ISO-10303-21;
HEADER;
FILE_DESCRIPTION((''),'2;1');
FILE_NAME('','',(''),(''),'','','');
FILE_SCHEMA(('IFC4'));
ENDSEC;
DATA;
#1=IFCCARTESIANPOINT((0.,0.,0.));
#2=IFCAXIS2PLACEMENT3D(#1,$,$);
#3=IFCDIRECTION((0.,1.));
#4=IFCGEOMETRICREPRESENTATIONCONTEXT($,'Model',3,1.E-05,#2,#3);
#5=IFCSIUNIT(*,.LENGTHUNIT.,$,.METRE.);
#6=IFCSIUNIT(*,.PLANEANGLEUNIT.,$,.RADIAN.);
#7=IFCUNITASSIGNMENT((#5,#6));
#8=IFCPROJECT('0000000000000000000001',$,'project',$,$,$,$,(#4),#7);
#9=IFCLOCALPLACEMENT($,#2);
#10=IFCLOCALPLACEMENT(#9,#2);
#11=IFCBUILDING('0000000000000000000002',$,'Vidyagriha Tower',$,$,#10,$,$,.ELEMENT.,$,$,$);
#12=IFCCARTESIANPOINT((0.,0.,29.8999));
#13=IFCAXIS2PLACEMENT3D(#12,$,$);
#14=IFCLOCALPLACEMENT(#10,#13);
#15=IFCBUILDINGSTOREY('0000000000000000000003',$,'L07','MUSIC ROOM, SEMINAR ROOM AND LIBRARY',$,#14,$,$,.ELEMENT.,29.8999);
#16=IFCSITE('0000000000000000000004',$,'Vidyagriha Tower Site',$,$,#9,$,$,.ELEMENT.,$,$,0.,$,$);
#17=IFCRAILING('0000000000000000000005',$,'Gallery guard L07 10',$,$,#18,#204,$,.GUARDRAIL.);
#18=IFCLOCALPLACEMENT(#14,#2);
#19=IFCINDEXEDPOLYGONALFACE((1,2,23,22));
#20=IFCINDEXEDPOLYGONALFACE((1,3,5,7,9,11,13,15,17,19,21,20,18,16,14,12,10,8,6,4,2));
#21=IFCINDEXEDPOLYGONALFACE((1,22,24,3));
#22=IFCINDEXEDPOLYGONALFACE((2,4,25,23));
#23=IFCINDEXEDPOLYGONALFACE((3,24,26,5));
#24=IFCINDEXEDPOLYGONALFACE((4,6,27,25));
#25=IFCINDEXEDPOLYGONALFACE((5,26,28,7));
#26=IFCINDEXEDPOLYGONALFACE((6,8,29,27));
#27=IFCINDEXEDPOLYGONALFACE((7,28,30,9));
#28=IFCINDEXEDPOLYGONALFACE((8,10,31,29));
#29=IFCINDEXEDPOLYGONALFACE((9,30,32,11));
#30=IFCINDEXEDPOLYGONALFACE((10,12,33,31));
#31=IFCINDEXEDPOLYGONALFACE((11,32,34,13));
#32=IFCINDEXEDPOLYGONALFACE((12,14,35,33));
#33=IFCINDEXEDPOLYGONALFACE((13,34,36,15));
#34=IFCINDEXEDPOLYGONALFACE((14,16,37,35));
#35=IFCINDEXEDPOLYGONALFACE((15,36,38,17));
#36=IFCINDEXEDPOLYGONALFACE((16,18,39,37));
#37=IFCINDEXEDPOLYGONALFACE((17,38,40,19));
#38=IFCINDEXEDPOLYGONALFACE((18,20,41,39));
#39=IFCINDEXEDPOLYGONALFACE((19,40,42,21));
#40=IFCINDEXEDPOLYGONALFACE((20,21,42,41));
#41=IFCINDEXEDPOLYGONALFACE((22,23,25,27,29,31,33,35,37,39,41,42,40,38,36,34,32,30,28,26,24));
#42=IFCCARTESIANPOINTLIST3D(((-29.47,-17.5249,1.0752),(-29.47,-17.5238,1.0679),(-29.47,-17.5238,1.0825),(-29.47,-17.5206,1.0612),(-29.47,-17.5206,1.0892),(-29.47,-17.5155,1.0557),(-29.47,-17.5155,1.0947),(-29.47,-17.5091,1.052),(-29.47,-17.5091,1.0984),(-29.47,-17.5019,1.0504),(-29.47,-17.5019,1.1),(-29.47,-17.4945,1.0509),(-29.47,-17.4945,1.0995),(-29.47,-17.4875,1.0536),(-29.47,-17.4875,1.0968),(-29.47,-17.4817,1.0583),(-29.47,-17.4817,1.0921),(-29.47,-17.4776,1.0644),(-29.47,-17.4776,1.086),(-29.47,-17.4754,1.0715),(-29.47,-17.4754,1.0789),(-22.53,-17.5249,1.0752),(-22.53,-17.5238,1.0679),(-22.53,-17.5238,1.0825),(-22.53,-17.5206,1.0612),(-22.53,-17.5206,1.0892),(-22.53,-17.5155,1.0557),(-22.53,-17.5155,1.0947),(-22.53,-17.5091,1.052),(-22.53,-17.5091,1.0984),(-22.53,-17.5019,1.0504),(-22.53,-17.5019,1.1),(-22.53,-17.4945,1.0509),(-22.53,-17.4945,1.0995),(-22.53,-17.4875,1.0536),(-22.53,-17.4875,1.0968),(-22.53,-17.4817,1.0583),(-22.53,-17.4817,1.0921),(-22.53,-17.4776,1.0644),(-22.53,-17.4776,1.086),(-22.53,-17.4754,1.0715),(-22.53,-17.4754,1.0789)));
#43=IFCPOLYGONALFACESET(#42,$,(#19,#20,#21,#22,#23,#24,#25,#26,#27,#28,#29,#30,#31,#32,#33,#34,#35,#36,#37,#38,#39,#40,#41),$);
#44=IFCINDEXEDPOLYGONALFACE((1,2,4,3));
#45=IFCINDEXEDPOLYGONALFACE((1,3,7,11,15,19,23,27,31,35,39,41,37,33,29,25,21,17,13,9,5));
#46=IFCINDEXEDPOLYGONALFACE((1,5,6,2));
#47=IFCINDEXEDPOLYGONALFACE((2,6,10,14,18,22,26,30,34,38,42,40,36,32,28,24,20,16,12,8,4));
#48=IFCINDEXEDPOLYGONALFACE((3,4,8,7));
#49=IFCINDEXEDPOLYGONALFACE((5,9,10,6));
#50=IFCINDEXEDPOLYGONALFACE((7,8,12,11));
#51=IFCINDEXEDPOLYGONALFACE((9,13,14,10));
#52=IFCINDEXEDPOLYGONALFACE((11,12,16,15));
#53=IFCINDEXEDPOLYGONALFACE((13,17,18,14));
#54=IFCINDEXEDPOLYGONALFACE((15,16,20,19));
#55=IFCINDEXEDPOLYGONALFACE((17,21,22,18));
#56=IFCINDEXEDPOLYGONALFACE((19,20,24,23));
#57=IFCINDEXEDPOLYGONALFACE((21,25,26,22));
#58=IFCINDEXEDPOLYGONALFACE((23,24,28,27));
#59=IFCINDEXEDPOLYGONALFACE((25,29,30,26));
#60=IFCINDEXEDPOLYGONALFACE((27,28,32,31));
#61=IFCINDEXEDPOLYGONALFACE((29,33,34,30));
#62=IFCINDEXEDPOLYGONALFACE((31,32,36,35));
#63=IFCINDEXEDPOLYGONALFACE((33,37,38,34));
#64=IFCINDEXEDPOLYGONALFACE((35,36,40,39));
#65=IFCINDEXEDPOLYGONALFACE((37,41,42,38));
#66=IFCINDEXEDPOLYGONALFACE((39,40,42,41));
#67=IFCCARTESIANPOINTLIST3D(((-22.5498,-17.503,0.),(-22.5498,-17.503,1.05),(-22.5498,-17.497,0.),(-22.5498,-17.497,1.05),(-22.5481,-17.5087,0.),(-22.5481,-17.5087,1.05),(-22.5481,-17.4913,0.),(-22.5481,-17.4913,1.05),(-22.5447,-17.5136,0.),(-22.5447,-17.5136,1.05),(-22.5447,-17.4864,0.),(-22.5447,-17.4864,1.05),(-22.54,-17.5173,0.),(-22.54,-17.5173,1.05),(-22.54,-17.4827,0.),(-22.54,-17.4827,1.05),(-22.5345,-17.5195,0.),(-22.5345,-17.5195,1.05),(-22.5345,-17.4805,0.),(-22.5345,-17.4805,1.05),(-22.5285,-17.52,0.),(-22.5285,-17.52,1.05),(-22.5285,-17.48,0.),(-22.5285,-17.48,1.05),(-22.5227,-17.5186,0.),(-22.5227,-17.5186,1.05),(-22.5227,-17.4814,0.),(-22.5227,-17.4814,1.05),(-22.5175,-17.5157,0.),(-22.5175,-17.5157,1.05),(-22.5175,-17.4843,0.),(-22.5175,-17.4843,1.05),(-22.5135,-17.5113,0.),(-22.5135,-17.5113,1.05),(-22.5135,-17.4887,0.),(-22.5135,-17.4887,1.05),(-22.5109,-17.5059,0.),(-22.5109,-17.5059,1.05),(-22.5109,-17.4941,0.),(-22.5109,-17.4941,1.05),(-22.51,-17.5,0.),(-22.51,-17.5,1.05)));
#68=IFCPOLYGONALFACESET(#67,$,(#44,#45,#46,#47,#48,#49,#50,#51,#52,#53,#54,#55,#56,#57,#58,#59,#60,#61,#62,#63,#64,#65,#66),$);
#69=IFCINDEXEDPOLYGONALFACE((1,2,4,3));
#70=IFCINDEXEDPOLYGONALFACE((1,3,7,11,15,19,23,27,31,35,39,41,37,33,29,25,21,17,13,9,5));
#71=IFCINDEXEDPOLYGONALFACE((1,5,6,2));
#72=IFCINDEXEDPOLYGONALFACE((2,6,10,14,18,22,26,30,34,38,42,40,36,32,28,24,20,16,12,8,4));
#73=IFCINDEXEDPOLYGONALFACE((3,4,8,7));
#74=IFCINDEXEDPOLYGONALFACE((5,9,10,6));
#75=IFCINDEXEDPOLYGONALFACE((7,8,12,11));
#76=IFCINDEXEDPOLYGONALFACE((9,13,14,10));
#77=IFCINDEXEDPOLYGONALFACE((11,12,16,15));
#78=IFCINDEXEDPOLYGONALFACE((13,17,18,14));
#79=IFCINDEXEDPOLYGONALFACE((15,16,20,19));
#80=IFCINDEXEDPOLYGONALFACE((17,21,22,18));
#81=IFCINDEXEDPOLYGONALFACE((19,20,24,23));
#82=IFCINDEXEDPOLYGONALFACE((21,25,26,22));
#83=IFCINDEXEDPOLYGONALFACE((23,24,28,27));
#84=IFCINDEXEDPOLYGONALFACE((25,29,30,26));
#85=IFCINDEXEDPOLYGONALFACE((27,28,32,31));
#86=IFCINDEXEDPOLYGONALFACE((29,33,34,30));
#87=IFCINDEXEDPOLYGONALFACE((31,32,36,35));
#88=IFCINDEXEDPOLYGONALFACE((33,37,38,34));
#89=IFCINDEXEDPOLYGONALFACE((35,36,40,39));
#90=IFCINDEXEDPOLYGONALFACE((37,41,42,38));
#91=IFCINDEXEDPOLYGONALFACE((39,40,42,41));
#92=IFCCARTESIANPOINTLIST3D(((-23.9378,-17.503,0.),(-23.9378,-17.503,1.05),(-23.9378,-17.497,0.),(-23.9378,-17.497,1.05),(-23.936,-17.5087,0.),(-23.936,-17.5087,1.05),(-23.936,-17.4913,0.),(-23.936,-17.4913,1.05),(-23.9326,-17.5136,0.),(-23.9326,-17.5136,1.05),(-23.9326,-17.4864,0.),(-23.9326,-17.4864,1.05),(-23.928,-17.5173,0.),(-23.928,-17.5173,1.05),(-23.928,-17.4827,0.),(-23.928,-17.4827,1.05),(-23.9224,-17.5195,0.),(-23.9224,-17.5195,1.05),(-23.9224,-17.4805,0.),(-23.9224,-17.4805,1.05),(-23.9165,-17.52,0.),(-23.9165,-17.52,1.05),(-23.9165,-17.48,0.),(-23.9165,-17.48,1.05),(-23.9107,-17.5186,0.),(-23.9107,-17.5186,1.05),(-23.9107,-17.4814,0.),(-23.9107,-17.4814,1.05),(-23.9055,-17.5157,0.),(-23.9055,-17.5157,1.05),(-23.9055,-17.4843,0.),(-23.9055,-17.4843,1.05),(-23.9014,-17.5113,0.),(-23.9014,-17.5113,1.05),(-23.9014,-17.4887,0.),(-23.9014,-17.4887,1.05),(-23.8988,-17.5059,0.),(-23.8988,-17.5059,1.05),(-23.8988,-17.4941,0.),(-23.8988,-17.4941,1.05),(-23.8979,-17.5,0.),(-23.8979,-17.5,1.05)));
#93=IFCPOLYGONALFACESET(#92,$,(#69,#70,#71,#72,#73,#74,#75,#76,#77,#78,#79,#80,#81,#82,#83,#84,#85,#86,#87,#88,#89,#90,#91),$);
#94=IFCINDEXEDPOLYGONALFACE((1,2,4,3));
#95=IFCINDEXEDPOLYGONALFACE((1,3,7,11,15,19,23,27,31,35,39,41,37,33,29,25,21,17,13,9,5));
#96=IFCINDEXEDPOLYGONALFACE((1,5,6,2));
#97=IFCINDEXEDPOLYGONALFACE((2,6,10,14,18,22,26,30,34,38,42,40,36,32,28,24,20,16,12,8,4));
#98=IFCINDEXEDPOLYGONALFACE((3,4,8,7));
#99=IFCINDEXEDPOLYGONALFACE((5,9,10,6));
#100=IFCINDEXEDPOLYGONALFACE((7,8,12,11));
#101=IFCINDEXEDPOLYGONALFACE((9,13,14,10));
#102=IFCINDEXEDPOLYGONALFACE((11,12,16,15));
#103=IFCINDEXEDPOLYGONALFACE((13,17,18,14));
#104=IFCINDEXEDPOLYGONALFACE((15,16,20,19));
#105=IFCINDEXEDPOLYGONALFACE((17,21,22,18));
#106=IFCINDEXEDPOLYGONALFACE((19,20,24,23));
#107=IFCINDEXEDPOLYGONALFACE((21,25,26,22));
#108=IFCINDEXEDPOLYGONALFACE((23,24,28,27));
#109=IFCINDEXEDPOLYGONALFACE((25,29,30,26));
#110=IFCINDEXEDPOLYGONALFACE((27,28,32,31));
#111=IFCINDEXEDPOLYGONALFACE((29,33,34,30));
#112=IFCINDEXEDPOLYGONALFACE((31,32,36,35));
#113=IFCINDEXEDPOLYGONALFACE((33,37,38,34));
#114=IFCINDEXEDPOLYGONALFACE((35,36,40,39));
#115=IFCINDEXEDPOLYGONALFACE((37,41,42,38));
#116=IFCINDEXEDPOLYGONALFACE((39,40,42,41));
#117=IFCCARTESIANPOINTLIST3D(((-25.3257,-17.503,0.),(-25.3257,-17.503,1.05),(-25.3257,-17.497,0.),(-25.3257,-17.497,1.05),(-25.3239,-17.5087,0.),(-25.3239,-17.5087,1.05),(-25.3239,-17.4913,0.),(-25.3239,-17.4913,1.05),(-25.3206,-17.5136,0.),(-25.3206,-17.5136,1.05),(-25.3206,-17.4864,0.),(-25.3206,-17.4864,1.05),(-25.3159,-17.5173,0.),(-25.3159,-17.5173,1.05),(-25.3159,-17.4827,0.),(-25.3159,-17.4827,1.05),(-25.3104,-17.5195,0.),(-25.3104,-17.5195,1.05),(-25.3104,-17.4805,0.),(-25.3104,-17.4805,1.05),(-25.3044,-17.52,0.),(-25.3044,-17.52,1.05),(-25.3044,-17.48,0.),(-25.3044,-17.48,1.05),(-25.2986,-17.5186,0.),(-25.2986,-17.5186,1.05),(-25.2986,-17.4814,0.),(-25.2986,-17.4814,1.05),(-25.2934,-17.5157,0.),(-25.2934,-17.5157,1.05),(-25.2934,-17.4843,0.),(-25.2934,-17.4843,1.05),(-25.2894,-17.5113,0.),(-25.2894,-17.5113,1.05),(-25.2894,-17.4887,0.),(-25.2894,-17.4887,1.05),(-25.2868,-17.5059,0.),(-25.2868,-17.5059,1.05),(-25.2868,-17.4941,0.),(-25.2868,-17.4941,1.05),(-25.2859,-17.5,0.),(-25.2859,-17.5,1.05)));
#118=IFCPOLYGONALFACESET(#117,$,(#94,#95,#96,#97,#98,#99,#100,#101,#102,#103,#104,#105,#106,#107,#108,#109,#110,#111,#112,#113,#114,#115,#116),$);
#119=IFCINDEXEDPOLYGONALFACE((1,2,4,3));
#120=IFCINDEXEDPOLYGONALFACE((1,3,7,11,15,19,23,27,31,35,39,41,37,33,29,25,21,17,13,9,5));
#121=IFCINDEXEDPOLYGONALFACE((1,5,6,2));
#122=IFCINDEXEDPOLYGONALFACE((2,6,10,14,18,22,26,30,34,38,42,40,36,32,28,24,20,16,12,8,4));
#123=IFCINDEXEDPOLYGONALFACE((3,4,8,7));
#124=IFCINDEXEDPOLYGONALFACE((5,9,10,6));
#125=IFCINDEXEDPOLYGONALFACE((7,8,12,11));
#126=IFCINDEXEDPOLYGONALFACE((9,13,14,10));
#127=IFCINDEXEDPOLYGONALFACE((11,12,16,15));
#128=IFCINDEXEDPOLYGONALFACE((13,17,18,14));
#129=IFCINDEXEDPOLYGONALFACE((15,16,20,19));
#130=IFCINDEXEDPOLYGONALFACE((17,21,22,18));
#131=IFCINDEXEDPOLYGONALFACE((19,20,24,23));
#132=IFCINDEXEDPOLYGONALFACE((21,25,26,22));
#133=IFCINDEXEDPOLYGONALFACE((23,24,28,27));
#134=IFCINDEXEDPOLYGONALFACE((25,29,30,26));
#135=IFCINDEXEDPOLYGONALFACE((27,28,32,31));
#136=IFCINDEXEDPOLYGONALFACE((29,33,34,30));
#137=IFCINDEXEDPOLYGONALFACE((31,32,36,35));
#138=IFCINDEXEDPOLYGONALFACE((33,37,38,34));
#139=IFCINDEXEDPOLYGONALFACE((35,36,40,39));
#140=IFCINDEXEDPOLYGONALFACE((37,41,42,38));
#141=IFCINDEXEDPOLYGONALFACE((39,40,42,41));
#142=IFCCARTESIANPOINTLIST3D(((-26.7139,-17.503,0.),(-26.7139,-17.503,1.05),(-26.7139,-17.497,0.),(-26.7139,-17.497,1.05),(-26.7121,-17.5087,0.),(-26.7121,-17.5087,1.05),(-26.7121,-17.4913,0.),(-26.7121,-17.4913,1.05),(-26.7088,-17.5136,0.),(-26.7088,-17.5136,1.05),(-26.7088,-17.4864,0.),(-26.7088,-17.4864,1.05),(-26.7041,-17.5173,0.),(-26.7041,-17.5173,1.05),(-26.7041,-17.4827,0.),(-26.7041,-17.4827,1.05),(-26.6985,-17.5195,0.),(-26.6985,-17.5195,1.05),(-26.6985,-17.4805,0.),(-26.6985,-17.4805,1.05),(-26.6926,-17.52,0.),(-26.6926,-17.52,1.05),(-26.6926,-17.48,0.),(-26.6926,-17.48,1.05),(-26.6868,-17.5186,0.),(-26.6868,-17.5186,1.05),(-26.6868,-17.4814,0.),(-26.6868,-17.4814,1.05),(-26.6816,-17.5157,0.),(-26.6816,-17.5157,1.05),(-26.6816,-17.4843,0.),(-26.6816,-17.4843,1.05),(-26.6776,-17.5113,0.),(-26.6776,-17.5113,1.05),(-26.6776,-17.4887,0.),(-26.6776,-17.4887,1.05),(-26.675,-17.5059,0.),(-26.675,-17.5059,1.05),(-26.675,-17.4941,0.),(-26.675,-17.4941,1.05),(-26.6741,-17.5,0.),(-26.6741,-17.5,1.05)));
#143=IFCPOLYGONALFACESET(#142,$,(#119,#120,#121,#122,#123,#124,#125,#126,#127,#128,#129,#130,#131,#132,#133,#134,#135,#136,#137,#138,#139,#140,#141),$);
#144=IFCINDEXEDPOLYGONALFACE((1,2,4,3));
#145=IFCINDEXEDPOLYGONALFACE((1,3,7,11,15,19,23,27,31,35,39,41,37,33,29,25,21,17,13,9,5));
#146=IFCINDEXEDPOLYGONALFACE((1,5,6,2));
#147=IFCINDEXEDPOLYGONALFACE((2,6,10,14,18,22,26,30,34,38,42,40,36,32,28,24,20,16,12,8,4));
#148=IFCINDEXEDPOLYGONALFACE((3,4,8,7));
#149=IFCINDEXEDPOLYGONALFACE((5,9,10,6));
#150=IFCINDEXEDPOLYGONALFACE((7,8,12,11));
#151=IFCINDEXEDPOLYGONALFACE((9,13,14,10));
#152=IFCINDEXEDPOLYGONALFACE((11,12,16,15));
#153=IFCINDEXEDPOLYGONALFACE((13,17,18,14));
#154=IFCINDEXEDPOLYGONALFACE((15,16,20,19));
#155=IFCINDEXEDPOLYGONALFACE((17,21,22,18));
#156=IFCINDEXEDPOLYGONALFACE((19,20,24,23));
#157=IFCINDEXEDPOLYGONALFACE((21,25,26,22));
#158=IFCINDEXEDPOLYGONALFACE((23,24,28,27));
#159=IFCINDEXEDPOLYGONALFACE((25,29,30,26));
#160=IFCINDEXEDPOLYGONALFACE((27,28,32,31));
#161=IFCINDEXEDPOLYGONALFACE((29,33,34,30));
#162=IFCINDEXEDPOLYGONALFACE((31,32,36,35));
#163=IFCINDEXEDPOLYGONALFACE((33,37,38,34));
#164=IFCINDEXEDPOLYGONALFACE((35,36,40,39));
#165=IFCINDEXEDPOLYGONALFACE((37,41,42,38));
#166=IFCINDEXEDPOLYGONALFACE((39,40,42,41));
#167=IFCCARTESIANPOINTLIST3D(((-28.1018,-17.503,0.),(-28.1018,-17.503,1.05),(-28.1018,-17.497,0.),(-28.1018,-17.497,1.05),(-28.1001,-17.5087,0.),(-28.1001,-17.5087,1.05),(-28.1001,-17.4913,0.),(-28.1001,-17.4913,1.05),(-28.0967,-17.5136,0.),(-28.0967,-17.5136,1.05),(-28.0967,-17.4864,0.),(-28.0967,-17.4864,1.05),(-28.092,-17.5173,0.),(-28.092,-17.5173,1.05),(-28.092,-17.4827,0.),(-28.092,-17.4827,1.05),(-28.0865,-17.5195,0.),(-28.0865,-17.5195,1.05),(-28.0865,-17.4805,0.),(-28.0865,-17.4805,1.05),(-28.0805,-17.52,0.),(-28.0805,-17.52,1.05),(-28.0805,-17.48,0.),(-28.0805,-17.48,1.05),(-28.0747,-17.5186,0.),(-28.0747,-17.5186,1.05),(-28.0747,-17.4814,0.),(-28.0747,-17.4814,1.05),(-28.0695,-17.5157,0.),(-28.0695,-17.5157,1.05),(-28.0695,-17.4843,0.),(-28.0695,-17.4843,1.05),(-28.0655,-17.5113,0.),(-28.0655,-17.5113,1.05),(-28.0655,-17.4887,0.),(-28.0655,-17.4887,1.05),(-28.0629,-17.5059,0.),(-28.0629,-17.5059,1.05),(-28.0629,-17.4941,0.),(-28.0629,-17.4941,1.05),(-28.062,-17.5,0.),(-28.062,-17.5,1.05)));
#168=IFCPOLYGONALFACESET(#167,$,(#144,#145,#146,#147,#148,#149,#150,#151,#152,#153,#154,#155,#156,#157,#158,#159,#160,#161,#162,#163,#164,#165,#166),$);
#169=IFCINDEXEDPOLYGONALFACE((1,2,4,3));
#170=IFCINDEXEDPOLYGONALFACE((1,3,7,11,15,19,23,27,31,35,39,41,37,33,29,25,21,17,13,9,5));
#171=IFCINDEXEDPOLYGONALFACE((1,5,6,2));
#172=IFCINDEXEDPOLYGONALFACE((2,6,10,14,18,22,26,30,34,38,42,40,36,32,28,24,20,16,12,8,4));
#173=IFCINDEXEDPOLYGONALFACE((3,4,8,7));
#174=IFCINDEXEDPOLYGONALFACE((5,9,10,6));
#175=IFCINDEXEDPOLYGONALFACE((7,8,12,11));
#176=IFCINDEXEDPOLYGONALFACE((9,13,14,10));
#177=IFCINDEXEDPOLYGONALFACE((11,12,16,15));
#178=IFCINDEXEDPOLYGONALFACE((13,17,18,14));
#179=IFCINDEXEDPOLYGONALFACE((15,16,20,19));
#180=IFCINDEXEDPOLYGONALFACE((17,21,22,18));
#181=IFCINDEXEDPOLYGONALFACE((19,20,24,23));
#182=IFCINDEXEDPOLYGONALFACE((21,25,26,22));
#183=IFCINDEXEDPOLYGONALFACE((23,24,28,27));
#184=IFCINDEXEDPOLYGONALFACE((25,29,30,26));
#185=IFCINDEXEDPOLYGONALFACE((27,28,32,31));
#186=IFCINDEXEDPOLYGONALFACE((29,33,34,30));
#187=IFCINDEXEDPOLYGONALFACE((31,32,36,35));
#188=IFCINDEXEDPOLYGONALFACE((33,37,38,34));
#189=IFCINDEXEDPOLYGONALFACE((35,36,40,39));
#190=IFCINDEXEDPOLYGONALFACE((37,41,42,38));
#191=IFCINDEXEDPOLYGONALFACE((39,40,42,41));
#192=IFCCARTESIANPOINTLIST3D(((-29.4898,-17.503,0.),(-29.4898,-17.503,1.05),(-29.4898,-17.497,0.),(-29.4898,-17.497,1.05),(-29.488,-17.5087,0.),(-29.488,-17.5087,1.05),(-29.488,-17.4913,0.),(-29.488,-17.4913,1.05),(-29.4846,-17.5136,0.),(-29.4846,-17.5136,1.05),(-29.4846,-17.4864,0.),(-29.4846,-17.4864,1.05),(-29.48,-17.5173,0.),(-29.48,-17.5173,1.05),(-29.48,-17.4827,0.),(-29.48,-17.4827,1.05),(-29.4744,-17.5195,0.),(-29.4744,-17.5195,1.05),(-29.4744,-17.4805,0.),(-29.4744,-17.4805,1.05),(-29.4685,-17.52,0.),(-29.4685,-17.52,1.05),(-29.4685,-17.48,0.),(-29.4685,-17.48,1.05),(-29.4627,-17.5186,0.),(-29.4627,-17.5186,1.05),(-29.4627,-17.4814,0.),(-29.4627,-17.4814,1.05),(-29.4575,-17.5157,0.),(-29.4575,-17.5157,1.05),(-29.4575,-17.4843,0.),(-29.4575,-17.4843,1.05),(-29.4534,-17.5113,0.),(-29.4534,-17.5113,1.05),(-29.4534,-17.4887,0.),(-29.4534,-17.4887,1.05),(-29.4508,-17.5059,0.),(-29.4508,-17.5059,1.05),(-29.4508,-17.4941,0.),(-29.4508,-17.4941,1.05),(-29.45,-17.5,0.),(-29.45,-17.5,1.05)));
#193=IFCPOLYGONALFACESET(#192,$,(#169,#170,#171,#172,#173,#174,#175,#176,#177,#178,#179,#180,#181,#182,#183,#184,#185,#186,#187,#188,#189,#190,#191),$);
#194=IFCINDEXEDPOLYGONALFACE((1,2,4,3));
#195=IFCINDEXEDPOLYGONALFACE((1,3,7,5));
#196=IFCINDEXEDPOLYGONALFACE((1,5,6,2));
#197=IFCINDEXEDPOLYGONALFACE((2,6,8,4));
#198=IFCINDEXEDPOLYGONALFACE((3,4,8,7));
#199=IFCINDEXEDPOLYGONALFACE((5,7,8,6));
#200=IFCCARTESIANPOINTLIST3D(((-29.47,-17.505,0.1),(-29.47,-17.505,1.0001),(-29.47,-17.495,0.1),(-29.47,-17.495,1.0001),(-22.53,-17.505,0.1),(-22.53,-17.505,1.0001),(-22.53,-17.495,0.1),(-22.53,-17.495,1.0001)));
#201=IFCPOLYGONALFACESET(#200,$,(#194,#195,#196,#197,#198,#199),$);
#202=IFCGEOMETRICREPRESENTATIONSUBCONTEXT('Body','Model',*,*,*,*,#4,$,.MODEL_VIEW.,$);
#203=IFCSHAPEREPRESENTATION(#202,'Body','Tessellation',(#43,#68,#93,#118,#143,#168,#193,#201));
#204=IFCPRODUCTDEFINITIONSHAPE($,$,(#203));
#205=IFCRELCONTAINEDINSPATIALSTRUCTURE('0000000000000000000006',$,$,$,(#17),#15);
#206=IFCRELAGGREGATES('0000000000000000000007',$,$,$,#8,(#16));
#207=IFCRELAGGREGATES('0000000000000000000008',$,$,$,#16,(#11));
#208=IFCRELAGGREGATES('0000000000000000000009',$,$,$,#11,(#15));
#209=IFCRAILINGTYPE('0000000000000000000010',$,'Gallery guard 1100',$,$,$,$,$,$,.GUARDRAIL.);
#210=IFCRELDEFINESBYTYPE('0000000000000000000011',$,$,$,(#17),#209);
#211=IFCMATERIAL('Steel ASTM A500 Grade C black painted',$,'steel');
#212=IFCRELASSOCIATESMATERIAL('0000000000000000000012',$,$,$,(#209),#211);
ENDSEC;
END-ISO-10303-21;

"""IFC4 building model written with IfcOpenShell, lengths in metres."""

from ifc_helpers import new_model, si_unit, direction, frame, origin, origin_2d, place, context, subcontext, project, spatial, rectangle, circle, extrude, material, type_object, element, save


model = new_model("IFC4")

# Units and contexts
model_context = context("Model", 3, precision=1e-05, world=origin(), true_north=direction((0.0, 1.0)))
body_context = subcontext(model_context, "Body", "Model", "MODEL_VIEW")
ifc_project = project(units=[si_unit("LENGTHUNIT", "METRE"), si_unit("PLANEANGLEUNIT", "RADIAN")], contexts=[model_context])

# Site, building, storey
site_placement = place(None, origin())
site = spatial("IfcSite", under=ifc_project, at=site_placement, Name="Vidyagriha Tower Site", CompositionType="ELEMENT", RefElevation=0.0)
building_placement = place(site_placement, origin())
building = spatial("IfcBuilding", under=site, at=building_placement, Name="Vidyagriha Tower", CompositionType="ELEMENT")
storey_placement = place(building_placement, frame((0.0, 0.0, 29.8999)))
storey = spatial("IfcBuildingStorey", under=building, at=storey_placement, Name="L07", Description="MUSIC ROOM, SEMINAR ROOM AND LIBRARY", CompositionType="ELEMENT", Elevation=29.8999)

# Railing
ifc_material_1 = material(Name="Steel ASTM A500 Grade C black painted", Category="steel")
railing_type = type_object("IfcRailingType", Name="Gallery guard 1100", PredefinedType="GUARDRAIL", material=ifc_material_1)
for number, where, name in (
    (1, (-22.53, -17.5, 0.0), "Gallery guard L07 10"),
):
    element("IfcRailing", number, at=place(storey_placement, frame(where)), inside=storey, type_object=railing_type, Name=name, PredefinedType="GUARDRAIL", context=body_context, shape_type="SweptSolid", body=[
        extrude(circle(Radius=0.0249, at=origin_2d()), frame((0.0, 0.0, 1.0752), z_axis=(-1.0, 0.0, 0.0), x_axis=(0.0, -1.0, 0.0)), (0.0, 0.0, 1.0), 6.9399),
        extrude(circle(Radius=0.02, at=origin_2d()), origin(), (0.0, 0.0, 1.0), 1.05),
        extrude(circle(Radius=0.02, at=origin_2d()), frame((-1.3879, 0.0, 0.0)), (0.0, 0.0, 1.0), 1.05),
        extrude(circle(Radius=0.02, at=origin_2d()), frame((-2.7759, 0.0, 0.0)), (0.0, 0.0, 1.0), 1.05),
        extrude(circle(Radius=0.02, at=origin_2d()), frame((-4.1641, 0.0, 0.0)), (0.0, 0.0, 1.0), 1.05),
        extrude(circle(Radius=0.02, at=origin_2d()), frame((-5.552, 0.0, 0.0)), (0.0, 0.0, 1.0), 1.05),
        extrude(circle(Radius=0.02, at=origin_2d()), frame((-6.9399, 0.0, 0.0)), (0.0, 0.0, 1.0), 1.05),
        extrude(rectangle(XDim=0.01, YDim=0.9001, at=origin_2d()), frame((0.0, 0.0, 0.55), z_axis=(-1.0, 0.0, 0.0), x_axis=(0.0, -1.0, 0.0)), (0.0, 0.0, 1.0), 6.9399),
    ])

save(model, "model.ifc")
